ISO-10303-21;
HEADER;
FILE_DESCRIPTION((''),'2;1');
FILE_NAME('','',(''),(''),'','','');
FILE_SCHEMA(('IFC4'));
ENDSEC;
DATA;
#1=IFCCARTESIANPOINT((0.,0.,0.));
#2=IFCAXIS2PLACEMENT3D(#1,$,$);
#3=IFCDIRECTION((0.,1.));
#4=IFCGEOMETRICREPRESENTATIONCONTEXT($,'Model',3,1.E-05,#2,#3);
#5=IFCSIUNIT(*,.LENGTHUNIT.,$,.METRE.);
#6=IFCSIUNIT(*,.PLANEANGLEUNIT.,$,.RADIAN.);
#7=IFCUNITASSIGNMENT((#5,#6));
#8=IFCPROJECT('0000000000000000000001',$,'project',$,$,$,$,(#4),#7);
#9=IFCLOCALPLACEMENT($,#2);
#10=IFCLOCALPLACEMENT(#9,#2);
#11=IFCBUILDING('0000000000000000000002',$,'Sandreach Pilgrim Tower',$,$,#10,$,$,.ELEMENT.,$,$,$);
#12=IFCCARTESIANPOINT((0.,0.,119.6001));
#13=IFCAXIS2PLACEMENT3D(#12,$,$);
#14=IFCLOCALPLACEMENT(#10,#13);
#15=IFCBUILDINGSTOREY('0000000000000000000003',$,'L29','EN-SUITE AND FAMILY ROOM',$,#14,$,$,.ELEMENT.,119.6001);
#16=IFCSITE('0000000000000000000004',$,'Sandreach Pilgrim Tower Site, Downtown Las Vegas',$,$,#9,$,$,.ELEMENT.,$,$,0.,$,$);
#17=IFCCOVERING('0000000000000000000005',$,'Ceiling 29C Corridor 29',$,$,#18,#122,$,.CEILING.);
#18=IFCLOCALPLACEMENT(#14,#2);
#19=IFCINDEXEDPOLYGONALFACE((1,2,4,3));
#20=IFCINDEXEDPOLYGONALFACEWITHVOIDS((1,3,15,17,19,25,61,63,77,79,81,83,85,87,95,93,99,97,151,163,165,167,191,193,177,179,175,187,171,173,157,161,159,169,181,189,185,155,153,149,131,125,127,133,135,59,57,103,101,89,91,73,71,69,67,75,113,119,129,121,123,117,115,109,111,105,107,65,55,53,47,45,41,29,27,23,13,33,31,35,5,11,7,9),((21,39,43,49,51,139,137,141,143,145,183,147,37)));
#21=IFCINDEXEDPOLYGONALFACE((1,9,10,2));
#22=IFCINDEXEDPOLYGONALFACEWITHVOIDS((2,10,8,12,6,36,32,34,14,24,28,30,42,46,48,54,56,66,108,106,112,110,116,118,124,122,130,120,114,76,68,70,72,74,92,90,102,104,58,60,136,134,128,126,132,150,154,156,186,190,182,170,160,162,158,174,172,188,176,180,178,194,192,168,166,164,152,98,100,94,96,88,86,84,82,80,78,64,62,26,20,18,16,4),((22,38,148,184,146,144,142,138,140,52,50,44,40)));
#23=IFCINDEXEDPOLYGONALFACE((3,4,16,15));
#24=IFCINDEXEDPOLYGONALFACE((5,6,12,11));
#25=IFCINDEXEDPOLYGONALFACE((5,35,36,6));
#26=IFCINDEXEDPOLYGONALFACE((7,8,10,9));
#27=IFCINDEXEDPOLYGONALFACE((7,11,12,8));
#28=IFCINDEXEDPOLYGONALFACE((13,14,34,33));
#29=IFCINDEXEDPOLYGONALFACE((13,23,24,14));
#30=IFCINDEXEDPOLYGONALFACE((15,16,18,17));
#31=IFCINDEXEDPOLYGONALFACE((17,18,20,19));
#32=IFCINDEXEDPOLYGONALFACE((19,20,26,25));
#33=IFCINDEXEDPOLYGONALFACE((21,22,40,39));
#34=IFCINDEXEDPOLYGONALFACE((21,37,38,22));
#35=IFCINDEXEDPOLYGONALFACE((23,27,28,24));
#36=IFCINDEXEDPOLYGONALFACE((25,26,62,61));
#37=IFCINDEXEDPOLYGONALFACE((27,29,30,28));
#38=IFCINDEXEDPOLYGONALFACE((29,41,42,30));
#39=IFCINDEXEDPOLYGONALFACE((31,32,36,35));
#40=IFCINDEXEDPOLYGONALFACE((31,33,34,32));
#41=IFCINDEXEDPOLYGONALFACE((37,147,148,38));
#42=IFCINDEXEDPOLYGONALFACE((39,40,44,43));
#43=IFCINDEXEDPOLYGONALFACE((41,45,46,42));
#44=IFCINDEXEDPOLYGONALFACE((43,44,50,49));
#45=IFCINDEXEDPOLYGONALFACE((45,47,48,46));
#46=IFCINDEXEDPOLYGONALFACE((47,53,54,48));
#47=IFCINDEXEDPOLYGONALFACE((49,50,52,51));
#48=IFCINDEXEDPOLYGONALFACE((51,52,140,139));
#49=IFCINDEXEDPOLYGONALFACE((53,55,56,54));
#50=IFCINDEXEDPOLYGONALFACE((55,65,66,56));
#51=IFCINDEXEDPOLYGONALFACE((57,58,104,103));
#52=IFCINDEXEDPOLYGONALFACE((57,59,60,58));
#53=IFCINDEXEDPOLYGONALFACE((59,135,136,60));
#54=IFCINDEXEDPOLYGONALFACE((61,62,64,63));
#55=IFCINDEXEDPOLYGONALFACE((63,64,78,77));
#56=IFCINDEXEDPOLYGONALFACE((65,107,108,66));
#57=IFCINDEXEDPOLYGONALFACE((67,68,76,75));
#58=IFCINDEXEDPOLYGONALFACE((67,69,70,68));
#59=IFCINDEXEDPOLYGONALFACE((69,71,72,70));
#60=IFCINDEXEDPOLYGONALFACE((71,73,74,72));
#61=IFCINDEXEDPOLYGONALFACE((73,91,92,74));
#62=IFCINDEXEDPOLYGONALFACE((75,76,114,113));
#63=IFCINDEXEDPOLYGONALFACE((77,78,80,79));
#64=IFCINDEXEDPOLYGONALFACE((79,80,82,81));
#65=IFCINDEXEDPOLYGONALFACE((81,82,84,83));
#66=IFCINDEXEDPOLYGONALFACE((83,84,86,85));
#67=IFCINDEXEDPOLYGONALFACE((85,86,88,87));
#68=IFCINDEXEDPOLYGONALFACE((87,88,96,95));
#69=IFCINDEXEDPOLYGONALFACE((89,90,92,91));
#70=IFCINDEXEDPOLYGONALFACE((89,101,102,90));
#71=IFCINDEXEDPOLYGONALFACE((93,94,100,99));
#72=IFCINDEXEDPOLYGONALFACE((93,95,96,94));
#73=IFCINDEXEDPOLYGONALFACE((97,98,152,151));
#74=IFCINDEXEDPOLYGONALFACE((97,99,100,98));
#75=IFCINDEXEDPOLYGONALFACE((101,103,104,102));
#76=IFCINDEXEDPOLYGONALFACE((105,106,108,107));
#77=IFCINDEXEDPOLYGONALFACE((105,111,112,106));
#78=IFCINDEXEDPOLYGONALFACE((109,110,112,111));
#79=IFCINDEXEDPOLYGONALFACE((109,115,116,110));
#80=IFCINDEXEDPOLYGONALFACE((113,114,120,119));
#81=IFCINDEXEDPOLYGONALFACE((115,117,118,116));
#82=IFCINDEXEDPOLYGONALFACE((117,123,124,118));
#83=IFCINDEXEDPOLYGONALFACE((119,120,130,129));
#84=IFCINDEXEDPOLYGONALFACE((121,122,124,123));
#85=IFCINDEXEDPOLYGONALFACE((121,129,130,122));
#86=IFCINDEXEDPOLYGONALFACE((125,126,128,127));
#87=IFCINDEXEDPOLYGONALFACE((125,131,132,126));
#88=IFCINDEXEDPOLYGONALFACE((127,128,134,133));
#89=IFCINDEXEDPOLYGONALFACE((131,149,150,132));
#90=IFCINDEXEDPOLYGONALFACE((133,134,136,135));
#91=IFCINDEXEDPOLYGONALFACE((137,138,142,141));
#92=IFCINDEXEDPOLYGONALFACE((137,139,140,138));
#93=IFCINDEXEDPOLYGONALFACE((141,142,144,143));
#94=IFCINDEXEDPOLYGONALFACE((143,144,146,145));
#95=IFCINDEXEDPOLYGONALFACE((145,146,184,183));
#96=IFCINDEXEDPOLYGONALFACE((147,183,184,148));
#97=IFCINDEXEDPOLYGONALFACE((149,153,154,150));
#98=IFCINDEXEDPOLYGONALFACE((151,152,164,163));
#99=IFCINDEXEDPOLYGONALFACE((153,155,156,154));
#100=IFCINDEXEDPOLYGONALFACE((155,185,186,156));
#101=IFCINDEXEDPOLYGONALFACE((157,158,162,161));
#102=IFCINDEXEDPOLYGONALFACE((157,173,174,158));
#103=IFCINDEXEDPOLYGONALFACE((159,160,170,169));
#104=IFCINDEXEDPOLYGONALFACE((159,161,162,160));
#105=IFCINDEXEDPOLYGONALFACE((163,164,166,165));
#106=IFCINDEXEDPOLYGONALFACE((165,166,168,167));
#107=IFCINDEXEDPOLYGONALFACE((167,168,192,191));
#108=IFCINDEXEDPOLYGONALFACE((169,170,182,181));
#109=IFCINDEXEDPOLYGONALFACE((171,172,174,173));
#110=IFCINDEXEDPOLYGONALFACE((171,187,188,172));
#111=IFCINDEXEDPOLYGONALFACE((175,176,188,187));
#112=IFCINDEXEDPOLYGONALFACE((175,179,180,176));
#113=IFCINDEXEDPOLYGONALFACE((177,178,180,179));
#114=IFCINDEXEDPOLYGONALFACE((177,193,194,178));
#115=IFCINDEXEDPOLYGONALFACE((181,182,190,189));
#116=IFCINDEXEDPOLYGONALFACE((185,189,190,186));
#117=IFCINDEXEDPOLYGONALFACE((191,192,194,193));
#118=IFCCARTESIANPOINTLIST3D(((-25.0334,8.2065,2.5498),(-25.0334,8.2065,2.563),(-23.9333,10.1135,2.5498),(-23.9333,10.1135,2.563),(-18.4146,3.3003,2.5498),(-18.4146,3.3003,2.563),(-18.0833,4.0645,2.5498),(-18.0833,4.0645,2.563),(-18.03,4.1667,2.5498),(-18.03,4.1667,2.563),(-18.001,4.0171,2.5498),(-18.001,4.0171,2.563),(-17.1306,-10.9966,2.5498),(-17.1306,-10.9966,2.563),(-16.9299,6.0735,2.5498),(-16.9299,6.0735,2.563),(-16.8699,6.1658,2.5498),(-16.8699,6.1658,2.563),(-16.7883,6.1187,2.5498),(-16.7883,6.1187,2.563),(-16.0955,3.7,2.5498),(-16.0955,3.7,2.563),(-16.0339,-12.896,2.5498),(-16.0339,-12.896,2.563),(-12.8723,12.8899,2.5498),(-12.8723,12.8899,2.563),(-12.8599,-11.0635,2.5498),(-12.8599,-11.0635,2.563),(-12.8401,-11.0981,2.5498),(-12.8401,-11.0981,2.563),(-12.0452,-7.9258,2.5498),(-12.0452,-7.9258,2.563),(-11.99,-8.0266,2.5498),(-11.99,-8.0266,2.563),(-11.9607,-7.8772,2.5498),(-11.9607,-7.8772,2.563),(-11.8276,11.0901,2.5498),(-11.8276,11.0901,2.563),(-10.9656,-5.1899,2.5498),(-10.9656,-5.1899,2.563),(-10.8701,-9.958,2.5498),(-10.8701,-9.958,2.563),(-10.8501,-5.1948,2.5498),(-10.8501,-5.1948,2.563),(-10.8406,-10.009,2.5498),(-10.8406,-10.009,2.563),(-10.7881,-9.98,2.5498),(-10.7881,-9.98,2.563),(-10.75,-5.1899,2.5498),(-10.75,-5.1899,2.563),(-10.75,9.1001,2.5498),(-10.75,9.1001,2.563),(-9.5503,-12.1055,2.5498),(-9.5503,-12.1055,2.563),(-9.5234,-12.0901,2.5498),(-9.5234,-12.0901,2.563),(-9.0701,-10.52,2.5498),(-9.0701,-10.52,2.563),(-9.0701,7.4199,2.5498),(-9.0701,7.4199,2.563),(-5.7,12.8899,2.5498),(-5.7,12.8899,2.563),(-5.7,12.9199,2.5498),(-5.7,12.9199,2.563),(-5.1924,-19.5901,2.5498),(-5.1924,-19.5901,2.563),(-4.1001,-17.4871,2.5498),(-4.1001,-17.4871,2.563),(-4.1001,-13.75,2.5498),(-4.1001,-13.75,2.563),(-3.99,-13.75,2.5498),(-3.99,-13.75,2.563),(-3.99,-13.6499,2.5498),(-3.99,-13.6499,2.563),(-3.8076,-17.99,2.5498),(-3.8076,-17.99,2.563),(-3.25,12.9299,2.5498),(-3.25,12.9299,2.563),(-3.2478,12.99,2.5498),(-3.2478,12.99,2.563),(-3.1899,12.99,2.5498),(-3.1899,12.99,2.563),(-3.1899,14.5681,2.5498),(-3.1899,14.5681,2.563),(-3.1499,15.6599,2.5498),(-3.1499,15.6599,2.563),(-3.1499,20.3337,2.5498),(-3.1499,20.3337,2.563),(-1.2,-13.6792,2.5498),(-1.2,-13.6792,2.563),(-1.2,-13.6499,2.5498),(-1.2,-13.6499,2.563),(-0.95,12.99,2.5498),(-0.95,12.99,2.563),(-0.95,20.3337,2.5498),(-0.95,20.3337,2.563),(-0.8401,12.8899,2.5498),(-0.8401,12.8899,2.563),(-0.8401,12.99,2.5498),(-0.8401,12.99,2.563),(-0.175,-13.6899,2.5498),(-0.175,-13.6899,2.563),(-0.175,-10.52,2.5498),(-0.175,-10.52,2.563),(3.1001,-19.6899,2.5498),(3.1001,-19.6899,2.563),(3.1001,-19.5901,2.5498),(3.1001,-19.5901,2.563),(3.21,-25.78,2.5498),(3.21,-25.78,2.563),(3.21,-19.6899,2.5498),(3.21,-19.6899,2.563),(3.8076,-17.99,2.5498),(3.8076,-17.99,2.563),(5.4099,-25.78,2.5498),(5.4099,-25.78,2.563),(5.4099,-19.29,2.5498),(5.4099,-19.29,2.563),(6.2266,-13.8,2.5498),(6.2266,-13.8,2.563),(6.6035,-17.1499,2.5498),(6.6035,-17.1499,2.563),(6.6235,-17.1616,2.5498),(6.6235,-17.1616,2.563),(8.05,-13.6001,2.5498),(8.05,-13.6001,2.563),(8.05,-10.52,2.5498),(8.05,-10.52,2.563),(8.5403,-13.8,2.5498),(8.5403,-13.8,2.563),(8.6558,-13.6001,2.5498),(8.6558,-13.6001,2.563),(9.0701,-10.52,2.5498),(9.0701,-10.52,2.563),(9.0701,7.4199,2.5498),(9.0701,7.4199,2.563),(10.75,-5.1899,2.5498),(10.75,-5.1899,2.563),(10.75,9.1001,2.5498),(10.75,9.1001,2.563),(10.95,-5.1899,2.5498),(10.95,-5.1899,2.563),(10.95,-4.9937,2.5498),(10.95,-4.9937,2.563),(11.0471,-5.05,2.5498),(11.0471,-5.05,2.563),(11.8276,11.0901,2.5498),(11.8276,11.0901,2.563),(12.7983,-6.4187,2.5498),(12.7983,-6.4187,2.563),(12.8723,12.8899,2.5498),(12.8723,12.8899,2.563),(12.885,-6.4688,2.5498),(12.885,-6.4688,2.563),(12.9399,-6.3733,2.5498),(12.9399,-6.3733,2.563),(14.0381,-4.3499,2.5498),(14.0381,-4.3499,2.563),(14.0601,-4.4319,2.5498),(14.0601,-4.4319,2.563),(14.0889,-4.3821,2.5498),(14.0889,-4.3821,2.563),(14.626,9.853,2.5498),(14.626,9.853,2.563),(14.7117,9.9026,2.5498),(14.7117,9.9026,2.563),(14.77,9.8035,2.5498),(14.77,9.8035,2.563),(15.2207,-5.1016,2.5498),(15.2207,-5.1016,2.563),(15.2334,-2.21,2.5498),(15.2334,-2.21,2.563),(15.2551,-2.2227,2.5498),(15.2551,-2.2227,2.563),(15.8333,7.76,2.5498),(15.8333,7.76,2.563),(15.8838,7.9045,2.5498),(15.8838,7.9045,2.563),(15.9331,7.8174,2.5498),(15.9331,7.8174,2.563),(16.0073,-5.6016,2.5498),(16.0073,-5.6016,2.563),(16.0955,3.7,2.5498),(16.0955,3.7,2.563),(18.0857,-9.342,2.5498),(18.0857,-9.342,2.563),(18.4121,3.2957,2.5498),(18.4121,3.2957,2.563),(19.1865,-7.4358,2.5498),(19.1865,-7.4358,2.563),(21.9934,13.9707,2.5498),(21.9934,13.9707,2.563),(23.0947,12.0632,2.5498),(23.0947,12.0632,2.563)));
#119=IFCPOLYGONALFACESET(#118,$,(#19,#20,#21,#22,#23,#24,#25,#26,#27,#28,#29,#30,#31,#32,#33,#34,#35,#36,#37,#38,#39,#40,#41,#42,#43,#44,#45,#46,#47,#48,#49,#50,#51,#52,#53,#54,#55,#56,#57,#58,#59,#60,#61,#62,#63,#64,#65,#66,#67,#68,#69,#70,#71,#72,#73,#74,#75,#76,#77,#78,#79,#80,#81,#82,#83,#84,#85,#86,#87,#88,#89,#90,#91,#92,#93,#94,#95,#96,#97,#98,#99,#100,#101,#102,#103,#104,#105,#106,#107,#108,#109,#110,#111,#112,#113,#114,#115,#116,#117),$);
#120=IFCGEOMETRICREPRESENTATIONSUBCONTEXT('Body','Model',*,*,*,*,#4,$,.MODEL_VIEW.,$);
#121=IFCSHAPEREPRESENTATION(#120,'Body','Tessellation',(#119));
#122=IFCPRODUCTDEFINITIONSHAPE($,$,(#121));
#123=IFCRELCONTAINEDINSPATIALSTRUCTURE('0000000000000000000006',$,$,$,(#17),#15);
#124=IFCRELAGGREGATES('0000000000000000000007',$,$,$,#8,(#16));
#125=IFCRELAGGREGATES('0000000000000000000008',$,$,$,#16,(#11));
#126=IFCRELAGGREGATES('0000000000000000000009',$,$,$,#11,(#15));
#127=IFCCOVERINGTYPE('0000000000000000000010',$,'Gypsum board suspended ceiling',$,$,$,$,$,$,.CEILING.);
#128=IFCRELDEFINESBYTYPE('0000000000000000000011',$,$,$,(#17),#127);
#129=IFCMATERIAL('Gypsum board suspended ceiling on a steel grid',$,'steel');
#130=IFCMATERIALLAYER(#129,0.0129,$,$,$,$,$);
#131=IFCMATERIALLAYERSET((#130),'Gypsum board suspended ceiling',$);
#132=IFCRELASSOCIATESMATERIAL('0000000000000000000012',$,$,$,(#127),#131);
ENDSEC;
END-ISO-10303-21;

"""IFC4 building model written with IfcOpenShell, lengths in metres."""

from ifc_helpers import new_model, si_unit, direction, frame, origin, place, context, subcontext, project, spatial, polyline, outline, extrude, material, layer, layer_set, type_object, element, save


model = new_model("IFC4")

# Units and contexts
model_context = context("Model", 3, precision=1e-05, world=origin(), true_north=direction((0.0, 1.0)))
body_context = subcontext(model_context, "Body", "Model", "MODEL_VIEW")
ifc_project = project(units=[si_unit("LENGTHUNIT", "METRE"), si_unit("PLANEANGLEUNIT", "RADIAN")], contexts=[model_context])

# Site, building, storey
site_placement = place(None, origin())
site = spatial("IfcSite", under=ifc_project, at=site_placement, Name="Sandreach Pilgrim Tower Site, Downtown Las Vegas", CompositionType="ELEMENT", RefElevation=0.0)
building_placement = place(site_placement, origin())
building = spatial("IfcBuilding", under=site, at=building_placement, Name="Sandreach Pilgrim Tower", CompositionType="ELEMENT")
storey_placement = place(building_placement, frame((0.0, 0.0, 119.6001)))
storey = spatial("IfcBuildingStorey", under=building, at=storey_placement, Name="L29", Description="EN-SUITE AND FAMILY ROOM", CompositionType="ELEMENT", Elevation=119.6001)

# Covering
ifc_material_1 = material(Name="Gypsum board suspended ceiling on a steel grid", Category="steel")
ifc_layer_1 = layer(ifc_material_1, 0.0129)
ifc_layer_set_1 = layer_set([ifc_layer_1], Name="Gypsum board suspended ceiling")
covering_type_1 = type_object("IfcCoveringType", Name="Gypsum board suspended ceiling", PredefinedType="CEILING", material=ifc_layer_set_1)
covering_1_placement = place(storey_placement, frame((0.0, 0.0, 2.5498)))
element("IfcCovering", 1, at=covering_1_placement, inside=storey, type_object=covering_type_1, Name="Ceiling 29C Corridor 29", PredefinedType="CEILING", context=body_context, shape_type="SweptSolid", body=[
    extrude(outline(polyline([(-16.9299, 6.0735), (-16.8699, 6.1658), (-16.7883, 6.1187), (-12.8723, 12.8899), (-5.7, 12.8899), (-5.7, 12.9199), (-3.25, 12.9299), (-3.2478, 12.99), (-3.1899, 12.99), (-3.1899, 14.5681), (-3.1499, 15.6599), (-3.1499, 20.3337), (-0.95, 20.3337), (-0.95, 12.99), (-0.8401, 12.99), (-0.8401, 12.8899), (12.8723, 12.8899), (14.626, 9.853), (14.7117, 9.9026), (14.77, 9.8035), (21.9934, 13.9707), (23.0947, 12.0632), (15.8838, 7.9045), (15.9331, 7.8174), (15.8333, 7.76), (18.4121, 3.2957), (15.2334, -2.21), (15.2551, -2.2227), (14.0381, -4.3499), (14.0889, -4.3821), (14.0601, -4.4319), (15.2207, -5.1016), (16.0073, -5.6016), (19.1865, -7.4358), (18.0857, -9.342), (12.9399, -6.3733), (12.885, -6.4688), (12.7983, -6.4187), (8.6558, -13.6001), (8.05, -13.6001), (8.05, -10.52), (9.0701, -10.52), (9.0701, 7.4199), (-9.0701, 7.4199), (-9.0701, -10.52), (-0.175, -10.52), (-0.175, -13.6899), (-1.2, -13.6792), (-1.2, -13.6499), (-3.99, -13.6499), (-3.99, -13.75), (-4.1001, -13.75), (-4.1001, -17.4871), (-3.8076, -17.99), (3.8076, -17.99), (6.2266, -13.8), (8.5403, -13.8), (6.6035, -17.1499), (6.6235, -17.1616), (5.4099, -19.29), (5.4099, -25.78), (3.21, -25.78), (3.21, -19.6899), (3.1001, -19.6899), (3.1001, -19.5901), (-5.1924, -19.5901), (-9.5234, -12.0901), (-9.5503, -12.1055), (-10.7881, -9.98), (-10.8406, -10.009), (-10.8701, -9.958), (-12.8401, -11.0981), (-12.8599, -11.0635), (-16.0339, -12.896), (-17.1306, -10.9966), (-11.99, -8.0266), (-12.0452, -7.9258), (-11.9607, -7.8772), (-18.4146, 3.3003), (-18.001, 4.0171), (-18.0833, 4.0645), (-18.03, 4.1667), (-25.0334, 8.2065), (-23.9333, 10.1135), (-16.9299, 6.0735)]), holes=[polyline([(-16.0955, 3.7), (-10.9656, -5.1899), (-10.8501, -5.1948), (-10.75, -5.1899), (-10.75, 9.1001), (10.75, 9.1001), (10.75, -5.1899), (10.95, -5.1899), (10.95, -4.9937), (11.0471, -5.05), (16.0955, 3.7), (11.8276, 11.0901), (-11.8276, 11.0901), (-16.0955, 3.7)])]), origin(), (0.0, 0.0, 1.0), 0.0132),
])

save(model, "model.ifc")
